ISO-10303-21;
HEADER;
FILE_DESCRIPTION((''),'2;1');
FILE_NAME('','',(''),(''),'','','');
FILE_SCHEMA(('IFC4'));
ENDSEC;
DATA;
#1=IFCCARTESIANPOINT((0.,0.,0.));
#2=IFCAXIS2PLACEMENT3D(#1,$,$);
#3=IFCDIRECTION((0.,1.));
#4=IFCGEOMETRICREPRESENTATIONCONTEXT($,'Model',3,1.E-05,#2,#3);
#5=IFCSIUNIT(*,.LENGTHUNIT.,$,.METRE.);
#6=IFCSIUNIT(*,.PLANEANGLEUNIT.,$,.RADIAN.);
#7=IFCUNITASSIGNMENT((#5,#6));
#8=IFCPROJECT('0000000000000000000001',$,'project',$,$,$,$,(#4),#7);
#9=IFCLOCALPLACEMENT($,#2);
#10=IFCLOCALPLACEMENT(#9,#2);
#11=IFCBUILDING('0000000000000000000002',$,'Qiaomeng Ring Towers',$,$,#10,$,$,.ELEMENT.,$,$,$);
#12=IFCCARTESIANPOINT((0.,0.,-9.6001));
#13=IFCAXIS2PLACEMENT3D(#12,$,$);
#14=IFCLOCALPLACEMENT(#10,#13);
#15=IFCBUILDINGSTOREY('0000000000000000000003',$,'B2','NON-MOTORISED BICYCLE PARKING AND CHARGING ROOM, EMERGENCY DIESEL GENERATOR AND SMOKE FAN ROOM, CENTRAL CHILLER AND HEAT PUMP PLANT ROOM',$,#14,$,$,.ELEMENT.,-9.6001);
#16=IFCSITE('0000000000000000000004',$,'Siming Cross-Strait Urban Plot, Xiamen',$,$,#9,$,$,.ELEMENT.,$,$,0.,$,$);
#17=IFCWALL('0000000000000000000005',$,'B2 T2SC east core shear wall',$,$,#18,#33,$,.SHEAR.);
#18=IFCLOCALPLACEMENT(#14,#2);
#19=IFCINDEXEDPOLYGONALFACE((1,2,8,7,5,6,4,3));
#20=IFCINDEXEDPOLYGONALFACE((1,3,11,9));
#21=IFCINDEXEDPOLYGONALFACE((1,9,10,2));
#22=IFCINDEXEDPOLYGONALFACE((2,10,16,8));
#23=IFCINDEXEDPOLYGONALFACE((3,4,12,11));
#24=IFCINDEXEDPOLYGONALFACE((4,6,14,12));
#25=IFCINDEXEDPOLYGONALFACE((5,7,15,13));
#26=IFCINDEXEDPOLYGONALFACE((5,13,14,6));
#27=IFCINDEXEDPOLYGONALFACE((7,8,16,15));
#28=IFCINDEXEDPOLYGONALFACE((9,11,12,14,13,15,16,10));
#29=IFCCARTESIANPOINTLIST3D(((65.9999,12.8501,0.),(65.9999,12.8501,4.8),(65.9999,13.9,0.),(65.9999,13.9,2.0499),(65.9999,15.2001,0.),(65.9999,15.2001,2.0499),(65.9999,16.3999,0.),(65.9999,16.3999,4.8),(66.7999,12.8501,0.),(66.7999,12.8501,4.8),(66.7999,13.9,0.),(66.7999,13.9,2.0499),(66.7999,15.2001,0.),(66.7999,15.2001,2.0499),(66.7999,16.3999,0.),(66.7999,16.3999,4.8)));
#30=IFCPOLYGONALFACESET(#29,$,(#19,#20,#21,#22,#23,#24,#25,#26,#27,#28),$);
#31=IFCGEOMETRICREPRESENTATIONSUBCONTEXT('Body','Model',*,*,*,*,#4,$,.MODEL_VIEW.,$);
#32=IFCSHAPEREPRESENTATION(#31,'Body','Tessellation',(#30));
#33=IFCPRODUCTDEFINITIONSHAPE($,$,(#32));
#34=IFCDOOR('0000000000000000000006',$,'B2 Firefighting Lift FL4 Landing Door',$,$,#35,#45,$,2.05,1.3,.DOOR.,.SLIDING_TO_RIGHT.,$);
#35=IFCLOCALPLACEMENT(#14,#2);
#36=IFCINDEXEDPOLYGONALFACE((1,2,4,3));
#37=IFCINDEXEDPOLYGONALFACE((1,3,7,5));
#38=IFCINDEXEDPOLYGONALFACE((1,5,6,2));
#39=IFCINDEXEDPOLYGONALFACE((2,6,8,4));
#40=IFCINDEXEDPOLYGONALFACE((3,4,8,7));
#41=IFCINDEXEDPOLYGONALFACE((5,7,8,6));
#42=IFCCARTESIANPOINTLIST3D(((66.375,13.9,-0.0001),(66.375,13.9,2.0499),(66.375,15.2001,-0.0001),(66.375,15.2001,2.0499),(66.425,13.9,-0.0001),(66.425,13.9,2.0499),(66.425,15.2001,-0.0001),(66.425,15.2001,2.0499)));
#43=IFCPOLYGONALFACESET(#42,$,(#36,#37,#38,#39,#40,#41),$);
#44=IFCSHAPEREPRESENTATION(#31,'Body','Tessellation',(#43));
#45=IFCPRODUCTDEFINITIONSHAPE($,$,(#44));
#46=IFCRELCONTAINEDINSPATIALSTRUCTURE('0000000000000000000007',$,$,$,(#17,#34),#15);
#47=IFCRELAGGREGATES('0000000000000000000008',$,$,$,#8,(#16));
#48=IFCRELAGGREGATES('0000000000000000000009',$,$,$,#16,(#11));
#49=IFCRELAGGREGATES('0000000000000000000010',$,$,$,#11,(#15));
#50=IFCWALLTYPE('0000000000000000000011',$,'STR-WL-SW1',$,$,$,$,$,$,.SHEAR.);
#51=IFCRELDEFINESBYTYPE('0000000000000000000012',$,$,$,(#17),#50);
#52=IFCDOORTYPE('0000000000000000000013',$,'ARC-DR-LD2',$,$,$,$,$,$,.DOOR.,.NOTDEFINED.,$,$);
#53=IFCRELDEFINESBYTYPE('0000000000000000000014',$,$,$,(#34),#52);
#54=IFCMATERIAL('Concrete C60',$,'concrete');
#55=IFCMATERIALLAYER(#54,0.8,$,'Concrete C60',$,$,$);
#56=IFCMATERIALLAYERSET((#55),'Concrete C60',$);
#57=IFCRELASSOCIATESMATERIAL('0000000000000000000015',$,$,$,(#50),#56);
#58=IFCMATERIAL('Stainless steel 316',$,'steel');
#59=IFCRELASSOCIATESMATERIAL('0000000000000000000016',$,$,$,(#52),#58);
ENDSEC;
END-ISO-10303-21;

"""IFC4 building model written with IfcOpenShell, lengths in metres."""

from ifc_helpers import new_model, si_unit, direction, frame, frame_2d, origin, place, context, subcontext, project, spatial, rectangle, extrude, source, transform, mapped, material, layer, layer_set, type_object, element, fill, save


model = new_model("IFC4")

# Units and contexts
model_context = context("Model", 3, precision=1e-05, world=origin(), true_north=direction((0.0, 1.0)))
body_context = subcontext(model_context, "Body", "Model", "MODEL_VIEW")
ifc_project = project(units=[si_unit("LENGTHUNIT", "METRE"), si_unit("PLANEANGLEUNIT", "RADIAN")], contexts=[model_context])

# Site, building, storey
site_placement = place(None, origin())
site = spatial("IfcSite", under=ifc_project, at=site_placement, Name="Siming Cross-Strait Urban Plot, Xiamen", CompositionType="ELEMENT", RefElevation=0.0)
building_placement = place(site_placement, origin())
building = spatial("IfcBuilding", under=site, at=building_placement, Name="Qiaomeng Ring Towers", CompositionType="ELEMENT")
storey_placement = place(building_placement, frame((0.0, 0.0, -9.6001)))
storey = spatial("IfcBuildingStorey", under=building, at=storey_placement, Name="B2", Description="NON-MOTORISED BICYCLE PARKING AND CHARGING ROOM, EMERGENCY DIESEL GENERATOR AND SMOKE FAN ROOM, CENTRAL CHILLER AND HEAT PUMP PLANT ROOM", CompositionType="ELEMENT", Elevation=-9.6001)

# Shared definitions
ifc_material_1 = material(Name="Concrete C60", Category="concrete")

# Wall, opening, door
ifc_layer_1 = layer(ifc_material_1, 0.8, Name="Concrete C60")
ifc_layer_set_1 = layer_set([ifc_layer_1], Name="Concrete C60")
wall_type_1 = type_object("IfcWallType", Name="STR-WL-SW1", PredefinedType="SHEAR", material=ifc_layer_set_1)
wall_1_placement = place(storey_placement, frame((66.3999, 12.8501, 0.0), z_axis=(0.0, 0.0, 1.0), x_axis=(0.0, 1.0, 0.0)))
wall_1 = element("IfcWall", 1, at=wall_1_placement, inside=storey, type_object=wall_type_1, Name="B2 T2SC east core shear wall", PredefinedType="SHEAR", context=body_context, shape_type="SweptSolid", body=[
    extrude(rectangle(XDim=3.5498, YDim=0.8, at=frame_2d((1.7749, 0.0))), origin(), (0.0, 0.0, 1.0), 4.8),
])
opening_1_placement = place(wall_1_placement, frame((1.05, 0.0, 0.0)))
opening_1 = element("IfcOpeningElement", 2, at=opening_1_placement, cuts=wall_1, PredefinedType="OPENING", context=body_context, shape_type="SweptSolid", body=[
    extrude(rectangle(XDim=1.3, YDim=2.05, at=frame_2d((0.6499, 1.0249))), frame((0.0, 0.4099, 0.0), z_axis=(0.0, -1.0, 0.0), x_axis=(1.0, 0.0, 0.0)), (0.0, 0.0, 1.0), 0.8201),
])
ifc_material_2 = material(Name="Stainless steel 316", Category="steel")
door_type_1 = type_object("IfcDoorType", Name="ARC-DR-LD2", OperationType="NOTDEFINED", PredefinedType="DOOR", material=ifc_material_2)
shared_shape_1 = source(origin(), body_context, "Body", "SweptSolid", [
    extrude(rectangle(XDim=1.3, YDim=2.05, at=frame_2d((0.6499, 1.0249))), frame((0.0, 0.0249, 0.0), z_axis=(0.0, -1.0, 0.0), x_axis=(1.0, 0.0, 0.0)), (0.0, 0.0, 1.0), 0.05),
])
door_1_placement = place(opening_1_placement, origin())
door_1 = element("IfcDoor", 3, at=door_1_placement, inside=storey, type_object=door_type_1, Name="B2 Firefighting Lift FL4 Landing Door", OperationType="SLIDING_TO_RIGHT", OverallHeight=2.05, OverallWidth=1.3, PredefinedType="DOOR", context=body_context, shape_type="MappedRepresentation", body=[
    mapped(shared_shape_1, transform((0.0, 0.0, 0.0), x_axis=(1.0, 0.0, 0.0), y_axis=(0.0, 1.0, 0.0), z_axis=(0.0, 0.0, 1.0), scale=1.0)),
])
fill(opening_1, door_1)

save(model, "model.ifc")
